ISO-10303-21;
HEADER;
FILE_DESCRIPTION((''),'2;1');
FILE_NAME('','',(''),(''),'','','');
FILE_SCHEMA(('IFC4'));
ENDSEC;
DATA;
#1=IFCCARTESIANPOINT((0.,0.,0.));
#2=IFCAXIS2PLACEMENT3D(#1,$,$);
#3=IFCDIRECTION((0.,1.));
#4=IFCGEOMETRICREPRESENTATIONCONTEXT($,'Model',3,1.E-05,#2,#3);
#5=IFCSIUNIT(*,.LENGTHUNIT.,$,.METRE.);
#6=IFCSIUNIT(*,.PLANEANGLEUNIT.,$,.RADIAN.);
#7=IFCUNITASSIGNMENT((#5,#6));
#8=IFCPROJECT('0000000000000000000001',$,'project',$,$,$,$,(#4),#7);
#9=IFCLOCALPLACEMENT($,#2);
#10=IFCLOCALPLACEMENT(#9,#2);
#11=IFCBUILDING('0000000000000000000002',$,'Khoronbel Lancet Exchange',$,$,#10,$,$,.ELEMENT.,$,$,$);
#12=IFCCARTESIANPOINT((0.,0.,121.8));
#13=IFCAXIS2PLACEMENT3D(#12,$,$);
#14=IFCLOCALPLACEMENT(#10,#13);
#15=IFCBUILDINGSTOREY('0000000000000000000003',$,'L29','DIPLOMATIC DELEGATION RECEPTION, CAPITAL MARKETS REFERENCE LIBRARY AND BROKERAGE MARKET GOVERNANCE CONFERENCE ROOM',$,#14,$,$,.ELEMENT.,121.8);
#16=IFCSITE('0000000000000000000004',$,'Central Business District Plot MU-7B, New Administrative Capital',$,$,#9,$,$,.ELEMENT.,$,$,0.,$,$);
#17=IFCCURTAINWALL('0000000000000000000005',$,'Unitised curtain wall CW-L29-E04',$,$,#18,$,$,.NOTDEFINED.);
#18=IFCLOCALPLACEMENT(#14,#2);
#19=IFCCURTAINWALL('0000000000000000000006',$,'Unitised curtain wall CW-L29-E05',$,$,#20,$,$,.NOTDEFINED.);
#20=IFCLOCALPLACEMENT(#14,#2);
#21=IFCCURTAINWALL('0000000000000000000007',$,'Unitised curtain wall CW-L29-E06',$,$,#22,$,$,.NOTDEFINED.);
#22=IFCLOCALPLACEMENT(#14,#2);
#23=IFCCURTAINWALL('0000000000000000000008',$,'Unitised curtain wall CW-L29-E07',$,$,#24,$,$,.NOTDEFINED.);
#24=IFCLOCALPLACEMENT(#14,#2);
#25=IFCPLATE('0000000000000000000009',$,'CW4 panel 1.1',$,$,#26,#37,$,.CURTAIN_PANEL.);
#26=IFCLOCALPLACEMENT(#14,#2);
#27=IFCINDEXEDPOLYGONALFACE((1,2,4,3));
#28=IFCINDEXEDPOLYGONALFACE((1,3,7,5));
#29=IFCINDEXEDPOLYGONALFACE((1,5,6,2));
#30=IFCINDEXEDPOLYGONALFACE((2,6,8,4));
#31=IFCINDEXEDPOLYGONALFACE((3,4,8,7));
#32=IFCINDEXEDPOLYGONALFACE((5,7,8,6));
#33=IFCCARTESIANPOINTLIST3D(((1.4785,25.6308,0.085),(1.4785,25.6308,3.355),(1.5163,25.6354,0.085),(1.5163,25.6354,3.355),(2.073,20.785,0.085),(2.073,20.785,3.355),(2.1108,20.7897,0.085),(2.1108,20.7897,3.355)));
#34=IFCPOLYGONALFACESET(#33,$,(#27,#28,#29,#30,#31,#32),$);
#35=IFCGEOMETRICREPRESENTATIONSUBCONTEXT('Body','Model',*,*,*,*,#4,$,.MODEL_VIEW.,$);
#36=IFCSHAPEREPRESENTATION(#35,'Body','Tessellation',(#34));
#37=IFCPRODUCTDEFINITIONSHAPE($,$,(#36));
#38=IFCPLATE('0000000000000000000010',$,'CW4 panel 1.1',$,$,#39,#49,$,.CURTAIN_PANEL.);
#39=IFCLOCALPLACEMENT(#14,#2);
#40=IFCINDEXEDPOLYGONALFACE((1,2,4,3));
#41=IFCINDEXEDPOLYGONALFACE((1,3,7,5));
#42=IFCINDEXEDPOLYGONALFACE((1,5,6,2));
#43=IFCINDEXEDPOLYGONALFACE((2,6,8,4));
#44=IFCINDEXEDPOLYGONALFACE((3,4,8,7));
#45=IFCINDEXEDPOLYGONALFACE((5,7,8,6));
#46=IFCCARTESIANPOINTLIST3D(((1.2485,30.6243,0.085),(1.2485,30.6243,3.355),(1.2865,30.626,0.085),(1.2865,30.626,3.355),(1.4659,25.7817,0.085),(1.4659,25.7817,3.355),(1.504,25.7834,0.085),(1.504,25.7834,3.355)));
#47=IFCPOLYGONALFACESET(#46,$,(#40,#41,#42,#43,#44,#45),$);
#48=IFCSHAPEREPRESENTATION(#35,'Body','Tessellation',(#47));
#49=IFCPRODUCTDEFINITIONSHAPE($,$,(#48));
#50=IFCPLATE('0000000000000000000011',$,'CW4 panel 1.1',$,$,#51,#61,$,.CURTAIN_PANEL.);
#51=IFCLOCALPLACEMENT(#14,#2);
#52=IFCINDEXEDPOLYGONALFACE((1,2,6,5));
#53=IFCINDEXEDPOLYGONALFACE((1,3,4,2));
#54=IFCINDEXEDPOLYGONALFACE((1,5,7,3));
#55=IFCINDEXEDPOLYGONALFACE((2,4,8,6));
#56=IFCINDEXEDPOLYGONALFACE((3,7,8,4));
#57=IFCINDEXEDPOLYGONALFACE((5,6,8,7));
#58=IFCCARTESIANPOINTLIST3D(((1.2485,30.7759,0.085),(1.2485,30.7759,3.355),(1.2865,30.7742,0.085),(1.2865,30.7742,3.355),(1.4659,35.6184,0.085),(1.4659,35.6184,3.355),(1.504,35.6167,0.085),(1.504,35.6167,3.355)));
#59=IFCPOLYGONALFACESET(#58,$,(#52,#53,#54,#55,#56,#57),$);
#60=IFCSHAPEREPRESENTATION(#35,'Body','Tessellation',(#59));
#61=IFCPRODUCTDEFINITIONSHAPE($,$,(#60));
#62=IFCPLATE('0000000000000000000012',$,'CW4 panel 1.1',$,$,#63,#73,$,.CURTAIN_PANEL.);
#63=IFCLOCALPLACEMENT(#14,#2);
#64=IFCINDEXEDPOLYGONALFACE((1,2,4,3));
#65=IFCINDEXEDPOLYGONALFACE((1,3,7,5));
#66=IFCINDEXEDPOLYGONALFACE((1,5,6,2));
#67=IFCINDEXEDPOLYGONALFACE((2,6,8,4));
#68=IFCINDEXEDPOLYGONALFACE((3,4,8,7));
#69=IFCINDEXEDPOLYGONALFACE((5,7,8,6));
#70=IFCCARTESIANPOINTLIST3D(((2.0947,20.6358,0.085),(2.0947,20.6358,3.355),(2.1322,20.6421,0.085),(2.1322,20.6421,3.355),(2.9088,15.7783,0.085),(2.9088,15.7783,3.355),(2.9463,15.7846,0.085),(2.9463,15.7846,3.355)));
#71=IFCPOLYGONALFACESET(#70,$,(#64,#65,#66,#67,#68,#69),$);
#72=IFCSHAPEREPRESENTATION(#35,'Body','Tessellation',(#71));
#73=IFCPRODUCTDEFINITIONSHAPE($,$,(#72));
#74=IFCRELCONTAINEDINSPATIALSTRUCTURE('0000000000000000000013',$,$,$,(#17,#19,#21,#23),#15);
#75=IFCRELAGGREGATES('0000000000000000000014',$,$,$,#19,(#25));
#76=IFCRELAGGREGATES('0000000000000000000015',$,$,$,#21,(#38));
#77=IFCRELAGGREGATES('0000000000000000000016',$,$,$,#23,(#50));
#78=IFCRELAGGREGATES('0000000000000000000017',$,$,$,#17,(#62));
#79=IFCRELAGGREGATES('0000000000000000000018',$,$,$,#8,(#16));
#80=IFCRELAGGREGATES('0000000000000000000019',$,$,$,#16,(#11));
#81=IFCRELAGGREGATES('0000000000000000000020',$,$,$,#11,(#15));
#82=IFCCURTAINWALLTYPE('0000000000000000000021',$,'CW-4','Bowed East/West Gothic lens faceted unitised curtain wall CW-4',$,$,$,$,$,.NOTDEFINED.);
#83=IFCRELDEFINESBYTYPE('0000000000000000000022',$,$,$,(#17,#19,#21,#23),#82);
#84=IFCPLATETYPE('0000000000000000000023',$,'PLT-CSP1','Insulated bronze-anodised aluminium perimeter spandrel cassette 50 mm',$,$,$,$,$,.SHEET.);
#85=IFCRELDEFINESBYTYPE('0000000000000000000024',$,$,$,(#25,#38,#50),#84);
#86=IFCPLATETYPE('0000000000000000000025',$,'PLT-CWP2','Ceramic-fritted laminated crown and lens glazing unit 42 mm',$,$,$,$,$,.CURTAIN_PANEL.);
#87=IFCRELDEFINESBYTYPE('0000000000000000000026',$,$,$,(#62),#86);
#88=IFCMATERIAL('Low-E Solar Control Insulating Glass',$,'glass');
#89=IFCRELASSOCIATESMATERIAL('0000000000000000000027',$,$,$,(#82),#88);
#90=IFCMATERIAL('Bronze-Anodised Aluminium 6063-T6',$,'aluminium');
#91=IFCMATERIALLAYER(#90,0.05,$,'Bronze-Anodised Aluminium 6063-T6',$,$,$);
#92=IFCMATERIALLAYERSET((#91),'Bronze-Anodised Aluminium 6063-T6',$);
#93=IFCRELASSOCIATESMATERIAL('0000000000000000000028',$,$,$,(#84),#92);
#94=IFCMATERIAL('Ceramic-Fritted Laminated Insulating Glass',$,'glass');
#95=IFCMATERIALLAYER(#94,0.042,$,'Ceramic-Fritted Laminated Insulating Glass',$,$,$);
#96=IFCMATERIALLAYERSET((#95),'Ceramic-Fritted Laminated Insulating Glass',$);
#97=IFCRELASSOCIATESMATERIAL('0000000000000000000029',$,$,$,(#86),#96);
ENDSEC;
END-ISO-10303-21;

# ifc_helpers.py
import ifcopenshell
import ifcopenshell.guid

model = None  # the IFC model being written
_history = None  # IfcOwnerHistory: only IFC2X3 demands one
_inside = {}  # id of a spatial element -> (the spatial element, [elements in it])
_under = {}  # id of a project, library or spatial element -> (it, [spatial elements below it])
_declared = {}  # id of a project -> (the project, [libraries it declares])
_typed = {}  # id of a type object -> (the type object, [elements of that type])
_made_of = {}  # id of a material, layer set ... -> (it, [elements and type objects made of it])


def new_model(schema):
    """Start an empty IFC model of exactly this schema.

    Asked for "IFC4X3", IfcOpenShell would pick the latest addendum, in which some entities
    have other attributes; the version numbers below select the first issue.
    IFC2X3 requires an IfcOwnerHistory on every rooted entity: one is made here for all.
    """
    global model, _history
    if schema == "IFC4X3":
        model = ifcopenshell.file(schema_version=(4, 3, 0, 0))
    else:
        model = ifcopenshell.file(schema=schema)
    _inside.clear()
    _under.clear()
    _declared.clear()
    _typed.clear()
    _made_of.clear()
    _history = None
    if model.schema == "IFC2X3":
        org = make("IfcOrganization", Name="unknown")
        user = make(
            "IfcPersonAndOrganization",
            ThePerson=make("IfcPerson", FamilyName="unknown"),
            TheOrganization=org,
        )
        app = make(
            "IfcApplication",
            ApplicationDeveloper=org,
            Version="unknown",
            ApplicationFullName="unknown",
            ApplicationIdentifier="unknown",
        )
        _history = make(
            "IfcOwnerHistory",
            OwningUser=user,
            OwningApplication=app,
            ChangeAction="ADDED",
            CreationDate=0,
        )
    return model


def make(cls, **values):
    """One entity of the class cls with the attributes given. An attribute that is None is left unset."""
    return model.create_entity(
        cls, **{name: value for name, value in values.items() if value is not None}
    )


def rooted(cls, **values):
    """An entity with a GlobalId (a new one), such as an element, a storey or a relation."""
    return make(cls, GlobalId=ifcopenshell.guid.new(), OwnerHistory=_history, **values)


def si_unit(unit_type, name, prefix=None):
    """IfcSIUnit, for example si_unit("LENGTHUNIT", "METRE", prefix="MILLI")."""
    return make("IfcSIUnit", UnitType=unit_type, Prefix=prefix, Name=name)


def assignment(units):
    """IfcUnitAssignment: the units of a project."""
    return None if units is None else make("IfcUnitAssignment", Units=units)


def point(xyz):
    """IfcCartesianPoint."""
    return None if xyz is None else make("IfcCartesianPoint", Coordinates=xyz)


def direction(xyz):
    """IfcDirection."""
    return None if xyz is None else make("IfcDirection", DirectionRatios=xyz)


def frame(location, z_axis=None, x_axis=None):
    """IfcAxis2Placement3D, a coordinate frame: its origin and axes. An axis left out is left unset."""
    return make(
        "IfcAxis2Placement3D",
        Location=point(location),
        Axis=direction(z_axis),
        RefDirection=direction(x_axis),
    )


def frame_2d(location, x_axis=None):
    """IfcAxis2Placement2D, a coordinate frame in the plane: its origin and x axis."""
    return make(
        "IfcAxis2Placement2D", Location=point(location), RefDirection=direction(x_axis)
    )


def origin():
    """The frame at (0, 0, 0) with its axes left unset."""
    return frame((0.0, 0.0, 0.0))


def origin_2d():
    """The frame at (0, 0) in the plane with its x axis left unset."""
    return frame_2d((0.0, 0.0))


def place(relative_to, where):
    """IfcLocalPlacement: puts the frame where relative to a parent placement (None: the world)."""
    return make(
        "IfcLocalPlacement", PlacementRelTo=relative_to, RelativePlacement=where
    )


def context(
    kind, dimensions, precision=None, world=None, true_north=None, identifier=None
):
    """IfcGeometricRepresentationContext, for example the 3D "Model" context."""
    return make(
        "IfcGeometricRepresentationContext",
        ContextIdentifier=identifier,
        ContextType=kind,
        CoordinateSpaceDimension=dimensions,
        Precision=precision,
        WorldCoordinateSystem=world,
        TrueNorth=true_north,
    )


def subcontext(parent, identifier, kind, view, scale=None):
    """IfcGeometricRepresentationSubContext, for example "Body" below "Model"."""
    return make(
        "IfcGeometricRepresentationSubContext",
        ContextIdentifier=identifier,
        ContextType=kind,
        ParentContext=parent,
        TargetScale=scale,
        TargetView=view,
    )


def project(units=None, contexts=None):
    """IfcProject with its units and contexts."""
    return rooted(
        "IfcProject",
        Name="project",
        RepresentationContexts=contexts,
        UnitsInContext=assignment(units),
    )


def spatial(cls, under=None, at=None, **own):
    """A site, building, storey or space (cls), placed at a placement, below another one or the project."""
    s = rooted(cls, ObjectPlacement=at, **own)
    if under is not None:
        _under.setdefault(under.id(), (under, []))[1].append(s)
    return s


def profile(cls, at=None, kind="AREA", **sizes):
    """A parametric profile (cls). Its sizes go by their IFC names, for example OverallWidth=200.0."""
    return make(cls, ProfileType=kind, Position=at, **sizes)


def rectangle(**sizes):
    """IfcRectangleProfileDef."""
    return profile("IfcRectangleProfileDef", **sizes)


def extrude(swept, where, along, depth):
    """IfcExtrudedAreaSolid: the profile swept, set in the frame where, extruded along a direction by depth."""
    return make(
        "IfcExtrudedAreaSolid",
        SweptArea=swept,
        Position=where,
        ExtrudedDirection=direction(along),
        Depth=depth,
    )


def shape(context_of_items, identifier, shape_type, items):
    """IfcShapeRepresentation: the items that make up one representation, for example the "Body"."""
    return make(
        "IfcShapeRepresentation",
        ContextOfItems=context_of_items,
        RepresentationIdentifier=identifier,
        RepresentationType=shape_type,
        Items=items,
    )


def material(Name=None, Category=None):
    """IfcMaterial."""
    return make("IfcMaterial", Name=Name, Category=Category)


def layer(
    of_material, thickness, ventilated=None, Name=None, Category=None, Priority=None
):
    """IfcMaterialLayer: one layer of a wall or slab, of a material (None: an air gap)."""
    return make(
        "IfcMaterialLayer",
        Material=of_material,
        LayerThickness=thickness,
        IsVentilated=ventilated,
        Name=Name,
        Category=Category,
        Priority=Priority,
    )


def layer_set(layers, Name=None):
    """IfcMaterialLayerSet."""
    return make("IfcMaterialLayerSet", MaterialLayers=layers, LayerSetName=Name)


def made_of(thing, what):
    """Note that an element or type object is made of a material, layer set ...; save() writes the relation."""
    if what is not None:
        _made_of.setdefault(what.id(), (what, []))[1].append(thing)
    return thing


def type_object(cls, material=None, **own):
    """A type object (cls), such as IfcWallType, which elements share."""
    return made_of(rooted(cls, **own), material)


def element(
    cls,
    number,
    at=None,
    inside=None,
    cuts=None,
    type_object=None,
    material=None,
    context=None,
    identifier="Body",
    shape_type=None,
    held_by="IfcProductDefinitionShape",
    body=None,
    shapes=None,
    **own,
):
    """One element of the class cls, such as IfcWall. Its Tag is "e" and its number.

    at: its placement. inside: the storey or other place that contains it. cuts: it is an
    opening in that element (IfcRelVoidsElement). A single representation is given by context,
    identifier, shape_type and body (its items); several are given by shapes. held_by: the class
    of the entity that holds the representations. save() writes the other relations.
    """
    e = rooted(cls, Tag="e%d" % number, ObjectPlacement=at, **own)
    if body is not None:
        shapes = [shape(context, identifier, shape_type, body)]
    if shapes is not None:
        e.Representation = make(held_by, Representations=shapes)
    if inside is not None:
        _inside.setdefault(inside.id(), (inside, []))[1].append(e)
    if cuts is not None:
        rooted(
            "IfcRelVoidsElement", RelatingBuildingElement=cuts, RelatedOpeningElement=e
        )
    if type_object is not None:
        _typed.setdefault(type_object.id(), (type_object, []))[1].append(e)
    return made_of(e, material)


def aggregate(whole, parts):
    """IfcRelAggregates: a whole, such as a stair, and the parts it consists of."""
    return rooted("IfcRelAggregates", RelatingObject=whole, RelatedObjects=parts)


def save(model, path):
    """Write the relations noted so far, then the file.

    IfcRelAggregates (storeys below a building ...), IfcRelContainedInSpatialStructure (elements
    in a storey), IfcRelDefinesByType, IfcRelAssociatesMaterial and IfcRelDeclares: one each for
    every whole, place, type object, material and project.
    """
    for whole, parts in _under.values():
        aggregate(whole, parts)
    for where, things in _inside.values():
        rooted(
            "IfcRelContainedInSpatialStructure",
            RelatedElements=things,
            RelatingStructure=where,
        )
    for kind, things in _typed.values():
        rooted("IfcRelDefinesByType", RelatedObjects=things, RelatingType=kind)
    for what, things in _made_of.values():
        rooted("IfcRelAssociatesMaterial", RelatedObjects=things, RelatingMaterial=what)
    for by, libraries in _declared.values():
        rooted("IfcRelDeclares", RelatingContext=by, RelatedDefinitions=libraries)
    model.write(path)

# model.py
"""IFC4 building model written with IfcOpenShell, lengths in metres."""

from ifc_helpers import new_model, si_unit, direction, frame, origin, origin_2d, place, context, subcontext, project, spatial, rectangle, extrude, material, layer, layer_set, type_object, element, aggregate, save


model = new_model("IFC4")

# Units and contexts
model_context = context("Model", 3, precision=1e-05, world=origin(), true_north=direction((0.0, 1.0)))
body_context = subcontext(model_context, "Body", "Model", "MODEL_VIEW")
ifc_project = project(units=[si_unit("LENGTHUNIT", "METRE"), si_unit("PLANEANGLEUNIT", "RADIAN")], contexts=[model_context])

# Site, building, storey
site_placement = place(None, origin())
site = spatial("IfcSite", under=ifc_project, at=site_placement, Name="Central Business District Plot MU-7B, New Administrative Capital", CompositionType="ELEMENT", RefElevation=0.0)
building_placement = place(site_placement, origin())
building = spatial("IfcBuilding", under=site, at=building_placement, Name="Khoronbel Lancet Exchange", CompositionType="ELEMENT")
storey_placement = place(building_placement, frame((0.0, 0.0, 121.8)))
storey = spatial("IfcBuildingStorey", under=building, at=storey_placement, Name="L29", Description="DIPLOMATIC DELEGATION RECEPTION, CAPITAL MARKETS REFERENCE LIBRARY AND BROKERAGE MARKET GOVERNANCE CONFERENCE ROOM", CompositionType="ELEMENT", Elevation=121.8)

# Curtain walls
ifc_material_1 = material(Name="Low-E Solar Control Insulating Glass", Category="glass")
curtain_wall_type = type_object("IfcCurtainWallType", Name="CW-4", Description="Bowed East/West Gothic lens faceted unitised curtain wall CW-4", PredefinedType="NOTDEFINED", material=ifc_material_1)
curtain_wall_1_placement = place(storey_placement, origin())
curtain_wall_1 = element("IfcCurtainWall", 1, at=curtain_wall_1_placement, inside=storey, type_object=curtain_wall_type, Name="Unitised curtain wall CW-L29-E04", PredefinedType="NOTDEFINED")
ifc_material_2 = material(Name="Bronze-Anodised Aluminium 6063-T6", Category="aluminium")
curtain_wall_2_placement = place(storey_placement, origin())
curtain_wall_2 = element("IfcCurtainWall", 2, at=curtain_wall_2_placement, inside=storey, type_object=curtain_wall_type, Name="Unitised curtain wall CW-L29-E05", PredefinedType="NOTDEFINED")
curtain_wall_3_placement = place(storey_placement, origin())
curtain_wall_3 = element("IfcCurtainWall", 3, at=curtain_wall_3_placement, inside=storey, type_object=curtain_wall_type, Name="Unitised curtain wall CW-L29-E06", PredefinedType="NOTDEFINED")
curtain_wall_4_placement = place(storey_placement, origin())
curtain_wall_4 = element("IfcCurtainWall", 4, at=curtain_wall_4_placement, inside=storey, type_object=curtain_wall_type, Name="Unitised curtain wall CW-L29-E07", PredefinedType="NOTDEFINED")

# Plates
ifc_layer_1 = layer(ifc_material_2, 0.05, Name="Bronze-Anodised Aluminium 6063-T6")
ifc_layer_set_1 = layer_set([ifc_layer_1], Name="Bronze-Anodised Aluminium 6063-T6")
plate_type_1 = type_object("IfcPlateType", Name="PLT-CSP1", Description="Insulated bronze-anodised aluminium perimeter spandrel cassette 50 mm", PredefinedType="SHEET", material=ifc_layer_set_1)
plate_1_placement = place(storey_placement, frame((1.7947, 23.2102, 0.085), z_axis=(0.0, 0.0, 1.0), x_axis=(-0.121779, 0.992557, 0.0)))
plate_1 = element("IfcPlate", 5, at=plate_1_placement, type_object=plate_type_1, Name="CW4 panel 1.1", PredefinedType="CURTAIN_PANEL", context=body_context, shape_type="SweptSolid", body=[
    extrude(rectangle(XDim=4.8821, YDim=0.0381, at=origin_2d()), origin(), (0.0, 0.0, 1.0), 3.27),
])
aggregate(curtain_wall_2, [plate_1])
plate_2_placement = place(storey_placement, frame((1.3762, 28.2039, 0.085), z_axis=(0.0, 0.0, 1.0), x_axis=(-0.044862, 0.998993, 0.0)))
plate_2 = element("IfcPlate", 6, at=plate_2_placement, type_object=plate_type_1, Name="CW4 panel 1.1", PredefinedType="CURTAIN_PANEL", context=body_context, shape_type="SweptSolid", body=[
    extrude(rectangle(XDim=4.8474, YDim=0.0381, at=origin_2d()), origin(), (0.0, 0.0, 1.0), 3.27),
])
aggregate(curtain_wall_3, [plate_2])
plate_3_placement = place(storey_placement, frame((1.3762, 33.1963, 0.085), z_axis=(0.0, 0.0, 1.0), x_axis=(0.044862, 0.998993, 0.0)))
plate_3 = element("IfcPlate", 7, at=plate_3_placement, type_object=plate_type_1, Name="CW4 panel 1.1", PredefinedType="CURTAIN_PANEL", context=body_context, shape_type="SweptSolid", body=[
    extrude(rectangle(XDim=4.8474, YDim=0.0381, at=origin_2d()), origin(), (0.0, 0.0, 1.0), 3.27),
])
aggregate(curtain_wall_4, [plate_3])
ifc_material_3 = material(Name="Ceramic-Fritted Laminated Insulating Glass", Category="glass")
ifc_layer_2 = layer(ifc_material_3, 0.042, Name="Ceramic-Fritted Laminated Insulating Glass")
ifc_layer_set_2 = layer_set([ifc_layer_2], Name="Ceramic-Fritted Laminated Insulating Glass")
plate_type_2 = type_object("IfcPlateType", Name="PLT-CWP2", Description="Ceramic-fritted laminated crown and lens glazing unit 42 mm", PredefinedType="CURTAIN_PANEL", material=ifc_layer_set_2)
plate_4_placement = place(storey_placement, frame((2.5205, 18.2102, 0.085), z_axis=(0.0, 0.0, 1.0), x_axis=(-0.165294, 0.986244, 0.0)))
plate_4 = element("IfcPlate", 8, at=plate_4_placement, type_object=plate_type_2, Name="CW4 panel 1.1", PredefinedType="CURTAIN_PANEL", context=body_context, shape_type="SweptSolid", body=[
    extrude(rectangle(XDim=4.9253, YDim=0.0381, at=origin_2d()), origin(), (0.0, 0.0, 1.0), 3.27),
])
aggregate(curtain_wall_1, [plate_4])

save(model, "model.ifc")
